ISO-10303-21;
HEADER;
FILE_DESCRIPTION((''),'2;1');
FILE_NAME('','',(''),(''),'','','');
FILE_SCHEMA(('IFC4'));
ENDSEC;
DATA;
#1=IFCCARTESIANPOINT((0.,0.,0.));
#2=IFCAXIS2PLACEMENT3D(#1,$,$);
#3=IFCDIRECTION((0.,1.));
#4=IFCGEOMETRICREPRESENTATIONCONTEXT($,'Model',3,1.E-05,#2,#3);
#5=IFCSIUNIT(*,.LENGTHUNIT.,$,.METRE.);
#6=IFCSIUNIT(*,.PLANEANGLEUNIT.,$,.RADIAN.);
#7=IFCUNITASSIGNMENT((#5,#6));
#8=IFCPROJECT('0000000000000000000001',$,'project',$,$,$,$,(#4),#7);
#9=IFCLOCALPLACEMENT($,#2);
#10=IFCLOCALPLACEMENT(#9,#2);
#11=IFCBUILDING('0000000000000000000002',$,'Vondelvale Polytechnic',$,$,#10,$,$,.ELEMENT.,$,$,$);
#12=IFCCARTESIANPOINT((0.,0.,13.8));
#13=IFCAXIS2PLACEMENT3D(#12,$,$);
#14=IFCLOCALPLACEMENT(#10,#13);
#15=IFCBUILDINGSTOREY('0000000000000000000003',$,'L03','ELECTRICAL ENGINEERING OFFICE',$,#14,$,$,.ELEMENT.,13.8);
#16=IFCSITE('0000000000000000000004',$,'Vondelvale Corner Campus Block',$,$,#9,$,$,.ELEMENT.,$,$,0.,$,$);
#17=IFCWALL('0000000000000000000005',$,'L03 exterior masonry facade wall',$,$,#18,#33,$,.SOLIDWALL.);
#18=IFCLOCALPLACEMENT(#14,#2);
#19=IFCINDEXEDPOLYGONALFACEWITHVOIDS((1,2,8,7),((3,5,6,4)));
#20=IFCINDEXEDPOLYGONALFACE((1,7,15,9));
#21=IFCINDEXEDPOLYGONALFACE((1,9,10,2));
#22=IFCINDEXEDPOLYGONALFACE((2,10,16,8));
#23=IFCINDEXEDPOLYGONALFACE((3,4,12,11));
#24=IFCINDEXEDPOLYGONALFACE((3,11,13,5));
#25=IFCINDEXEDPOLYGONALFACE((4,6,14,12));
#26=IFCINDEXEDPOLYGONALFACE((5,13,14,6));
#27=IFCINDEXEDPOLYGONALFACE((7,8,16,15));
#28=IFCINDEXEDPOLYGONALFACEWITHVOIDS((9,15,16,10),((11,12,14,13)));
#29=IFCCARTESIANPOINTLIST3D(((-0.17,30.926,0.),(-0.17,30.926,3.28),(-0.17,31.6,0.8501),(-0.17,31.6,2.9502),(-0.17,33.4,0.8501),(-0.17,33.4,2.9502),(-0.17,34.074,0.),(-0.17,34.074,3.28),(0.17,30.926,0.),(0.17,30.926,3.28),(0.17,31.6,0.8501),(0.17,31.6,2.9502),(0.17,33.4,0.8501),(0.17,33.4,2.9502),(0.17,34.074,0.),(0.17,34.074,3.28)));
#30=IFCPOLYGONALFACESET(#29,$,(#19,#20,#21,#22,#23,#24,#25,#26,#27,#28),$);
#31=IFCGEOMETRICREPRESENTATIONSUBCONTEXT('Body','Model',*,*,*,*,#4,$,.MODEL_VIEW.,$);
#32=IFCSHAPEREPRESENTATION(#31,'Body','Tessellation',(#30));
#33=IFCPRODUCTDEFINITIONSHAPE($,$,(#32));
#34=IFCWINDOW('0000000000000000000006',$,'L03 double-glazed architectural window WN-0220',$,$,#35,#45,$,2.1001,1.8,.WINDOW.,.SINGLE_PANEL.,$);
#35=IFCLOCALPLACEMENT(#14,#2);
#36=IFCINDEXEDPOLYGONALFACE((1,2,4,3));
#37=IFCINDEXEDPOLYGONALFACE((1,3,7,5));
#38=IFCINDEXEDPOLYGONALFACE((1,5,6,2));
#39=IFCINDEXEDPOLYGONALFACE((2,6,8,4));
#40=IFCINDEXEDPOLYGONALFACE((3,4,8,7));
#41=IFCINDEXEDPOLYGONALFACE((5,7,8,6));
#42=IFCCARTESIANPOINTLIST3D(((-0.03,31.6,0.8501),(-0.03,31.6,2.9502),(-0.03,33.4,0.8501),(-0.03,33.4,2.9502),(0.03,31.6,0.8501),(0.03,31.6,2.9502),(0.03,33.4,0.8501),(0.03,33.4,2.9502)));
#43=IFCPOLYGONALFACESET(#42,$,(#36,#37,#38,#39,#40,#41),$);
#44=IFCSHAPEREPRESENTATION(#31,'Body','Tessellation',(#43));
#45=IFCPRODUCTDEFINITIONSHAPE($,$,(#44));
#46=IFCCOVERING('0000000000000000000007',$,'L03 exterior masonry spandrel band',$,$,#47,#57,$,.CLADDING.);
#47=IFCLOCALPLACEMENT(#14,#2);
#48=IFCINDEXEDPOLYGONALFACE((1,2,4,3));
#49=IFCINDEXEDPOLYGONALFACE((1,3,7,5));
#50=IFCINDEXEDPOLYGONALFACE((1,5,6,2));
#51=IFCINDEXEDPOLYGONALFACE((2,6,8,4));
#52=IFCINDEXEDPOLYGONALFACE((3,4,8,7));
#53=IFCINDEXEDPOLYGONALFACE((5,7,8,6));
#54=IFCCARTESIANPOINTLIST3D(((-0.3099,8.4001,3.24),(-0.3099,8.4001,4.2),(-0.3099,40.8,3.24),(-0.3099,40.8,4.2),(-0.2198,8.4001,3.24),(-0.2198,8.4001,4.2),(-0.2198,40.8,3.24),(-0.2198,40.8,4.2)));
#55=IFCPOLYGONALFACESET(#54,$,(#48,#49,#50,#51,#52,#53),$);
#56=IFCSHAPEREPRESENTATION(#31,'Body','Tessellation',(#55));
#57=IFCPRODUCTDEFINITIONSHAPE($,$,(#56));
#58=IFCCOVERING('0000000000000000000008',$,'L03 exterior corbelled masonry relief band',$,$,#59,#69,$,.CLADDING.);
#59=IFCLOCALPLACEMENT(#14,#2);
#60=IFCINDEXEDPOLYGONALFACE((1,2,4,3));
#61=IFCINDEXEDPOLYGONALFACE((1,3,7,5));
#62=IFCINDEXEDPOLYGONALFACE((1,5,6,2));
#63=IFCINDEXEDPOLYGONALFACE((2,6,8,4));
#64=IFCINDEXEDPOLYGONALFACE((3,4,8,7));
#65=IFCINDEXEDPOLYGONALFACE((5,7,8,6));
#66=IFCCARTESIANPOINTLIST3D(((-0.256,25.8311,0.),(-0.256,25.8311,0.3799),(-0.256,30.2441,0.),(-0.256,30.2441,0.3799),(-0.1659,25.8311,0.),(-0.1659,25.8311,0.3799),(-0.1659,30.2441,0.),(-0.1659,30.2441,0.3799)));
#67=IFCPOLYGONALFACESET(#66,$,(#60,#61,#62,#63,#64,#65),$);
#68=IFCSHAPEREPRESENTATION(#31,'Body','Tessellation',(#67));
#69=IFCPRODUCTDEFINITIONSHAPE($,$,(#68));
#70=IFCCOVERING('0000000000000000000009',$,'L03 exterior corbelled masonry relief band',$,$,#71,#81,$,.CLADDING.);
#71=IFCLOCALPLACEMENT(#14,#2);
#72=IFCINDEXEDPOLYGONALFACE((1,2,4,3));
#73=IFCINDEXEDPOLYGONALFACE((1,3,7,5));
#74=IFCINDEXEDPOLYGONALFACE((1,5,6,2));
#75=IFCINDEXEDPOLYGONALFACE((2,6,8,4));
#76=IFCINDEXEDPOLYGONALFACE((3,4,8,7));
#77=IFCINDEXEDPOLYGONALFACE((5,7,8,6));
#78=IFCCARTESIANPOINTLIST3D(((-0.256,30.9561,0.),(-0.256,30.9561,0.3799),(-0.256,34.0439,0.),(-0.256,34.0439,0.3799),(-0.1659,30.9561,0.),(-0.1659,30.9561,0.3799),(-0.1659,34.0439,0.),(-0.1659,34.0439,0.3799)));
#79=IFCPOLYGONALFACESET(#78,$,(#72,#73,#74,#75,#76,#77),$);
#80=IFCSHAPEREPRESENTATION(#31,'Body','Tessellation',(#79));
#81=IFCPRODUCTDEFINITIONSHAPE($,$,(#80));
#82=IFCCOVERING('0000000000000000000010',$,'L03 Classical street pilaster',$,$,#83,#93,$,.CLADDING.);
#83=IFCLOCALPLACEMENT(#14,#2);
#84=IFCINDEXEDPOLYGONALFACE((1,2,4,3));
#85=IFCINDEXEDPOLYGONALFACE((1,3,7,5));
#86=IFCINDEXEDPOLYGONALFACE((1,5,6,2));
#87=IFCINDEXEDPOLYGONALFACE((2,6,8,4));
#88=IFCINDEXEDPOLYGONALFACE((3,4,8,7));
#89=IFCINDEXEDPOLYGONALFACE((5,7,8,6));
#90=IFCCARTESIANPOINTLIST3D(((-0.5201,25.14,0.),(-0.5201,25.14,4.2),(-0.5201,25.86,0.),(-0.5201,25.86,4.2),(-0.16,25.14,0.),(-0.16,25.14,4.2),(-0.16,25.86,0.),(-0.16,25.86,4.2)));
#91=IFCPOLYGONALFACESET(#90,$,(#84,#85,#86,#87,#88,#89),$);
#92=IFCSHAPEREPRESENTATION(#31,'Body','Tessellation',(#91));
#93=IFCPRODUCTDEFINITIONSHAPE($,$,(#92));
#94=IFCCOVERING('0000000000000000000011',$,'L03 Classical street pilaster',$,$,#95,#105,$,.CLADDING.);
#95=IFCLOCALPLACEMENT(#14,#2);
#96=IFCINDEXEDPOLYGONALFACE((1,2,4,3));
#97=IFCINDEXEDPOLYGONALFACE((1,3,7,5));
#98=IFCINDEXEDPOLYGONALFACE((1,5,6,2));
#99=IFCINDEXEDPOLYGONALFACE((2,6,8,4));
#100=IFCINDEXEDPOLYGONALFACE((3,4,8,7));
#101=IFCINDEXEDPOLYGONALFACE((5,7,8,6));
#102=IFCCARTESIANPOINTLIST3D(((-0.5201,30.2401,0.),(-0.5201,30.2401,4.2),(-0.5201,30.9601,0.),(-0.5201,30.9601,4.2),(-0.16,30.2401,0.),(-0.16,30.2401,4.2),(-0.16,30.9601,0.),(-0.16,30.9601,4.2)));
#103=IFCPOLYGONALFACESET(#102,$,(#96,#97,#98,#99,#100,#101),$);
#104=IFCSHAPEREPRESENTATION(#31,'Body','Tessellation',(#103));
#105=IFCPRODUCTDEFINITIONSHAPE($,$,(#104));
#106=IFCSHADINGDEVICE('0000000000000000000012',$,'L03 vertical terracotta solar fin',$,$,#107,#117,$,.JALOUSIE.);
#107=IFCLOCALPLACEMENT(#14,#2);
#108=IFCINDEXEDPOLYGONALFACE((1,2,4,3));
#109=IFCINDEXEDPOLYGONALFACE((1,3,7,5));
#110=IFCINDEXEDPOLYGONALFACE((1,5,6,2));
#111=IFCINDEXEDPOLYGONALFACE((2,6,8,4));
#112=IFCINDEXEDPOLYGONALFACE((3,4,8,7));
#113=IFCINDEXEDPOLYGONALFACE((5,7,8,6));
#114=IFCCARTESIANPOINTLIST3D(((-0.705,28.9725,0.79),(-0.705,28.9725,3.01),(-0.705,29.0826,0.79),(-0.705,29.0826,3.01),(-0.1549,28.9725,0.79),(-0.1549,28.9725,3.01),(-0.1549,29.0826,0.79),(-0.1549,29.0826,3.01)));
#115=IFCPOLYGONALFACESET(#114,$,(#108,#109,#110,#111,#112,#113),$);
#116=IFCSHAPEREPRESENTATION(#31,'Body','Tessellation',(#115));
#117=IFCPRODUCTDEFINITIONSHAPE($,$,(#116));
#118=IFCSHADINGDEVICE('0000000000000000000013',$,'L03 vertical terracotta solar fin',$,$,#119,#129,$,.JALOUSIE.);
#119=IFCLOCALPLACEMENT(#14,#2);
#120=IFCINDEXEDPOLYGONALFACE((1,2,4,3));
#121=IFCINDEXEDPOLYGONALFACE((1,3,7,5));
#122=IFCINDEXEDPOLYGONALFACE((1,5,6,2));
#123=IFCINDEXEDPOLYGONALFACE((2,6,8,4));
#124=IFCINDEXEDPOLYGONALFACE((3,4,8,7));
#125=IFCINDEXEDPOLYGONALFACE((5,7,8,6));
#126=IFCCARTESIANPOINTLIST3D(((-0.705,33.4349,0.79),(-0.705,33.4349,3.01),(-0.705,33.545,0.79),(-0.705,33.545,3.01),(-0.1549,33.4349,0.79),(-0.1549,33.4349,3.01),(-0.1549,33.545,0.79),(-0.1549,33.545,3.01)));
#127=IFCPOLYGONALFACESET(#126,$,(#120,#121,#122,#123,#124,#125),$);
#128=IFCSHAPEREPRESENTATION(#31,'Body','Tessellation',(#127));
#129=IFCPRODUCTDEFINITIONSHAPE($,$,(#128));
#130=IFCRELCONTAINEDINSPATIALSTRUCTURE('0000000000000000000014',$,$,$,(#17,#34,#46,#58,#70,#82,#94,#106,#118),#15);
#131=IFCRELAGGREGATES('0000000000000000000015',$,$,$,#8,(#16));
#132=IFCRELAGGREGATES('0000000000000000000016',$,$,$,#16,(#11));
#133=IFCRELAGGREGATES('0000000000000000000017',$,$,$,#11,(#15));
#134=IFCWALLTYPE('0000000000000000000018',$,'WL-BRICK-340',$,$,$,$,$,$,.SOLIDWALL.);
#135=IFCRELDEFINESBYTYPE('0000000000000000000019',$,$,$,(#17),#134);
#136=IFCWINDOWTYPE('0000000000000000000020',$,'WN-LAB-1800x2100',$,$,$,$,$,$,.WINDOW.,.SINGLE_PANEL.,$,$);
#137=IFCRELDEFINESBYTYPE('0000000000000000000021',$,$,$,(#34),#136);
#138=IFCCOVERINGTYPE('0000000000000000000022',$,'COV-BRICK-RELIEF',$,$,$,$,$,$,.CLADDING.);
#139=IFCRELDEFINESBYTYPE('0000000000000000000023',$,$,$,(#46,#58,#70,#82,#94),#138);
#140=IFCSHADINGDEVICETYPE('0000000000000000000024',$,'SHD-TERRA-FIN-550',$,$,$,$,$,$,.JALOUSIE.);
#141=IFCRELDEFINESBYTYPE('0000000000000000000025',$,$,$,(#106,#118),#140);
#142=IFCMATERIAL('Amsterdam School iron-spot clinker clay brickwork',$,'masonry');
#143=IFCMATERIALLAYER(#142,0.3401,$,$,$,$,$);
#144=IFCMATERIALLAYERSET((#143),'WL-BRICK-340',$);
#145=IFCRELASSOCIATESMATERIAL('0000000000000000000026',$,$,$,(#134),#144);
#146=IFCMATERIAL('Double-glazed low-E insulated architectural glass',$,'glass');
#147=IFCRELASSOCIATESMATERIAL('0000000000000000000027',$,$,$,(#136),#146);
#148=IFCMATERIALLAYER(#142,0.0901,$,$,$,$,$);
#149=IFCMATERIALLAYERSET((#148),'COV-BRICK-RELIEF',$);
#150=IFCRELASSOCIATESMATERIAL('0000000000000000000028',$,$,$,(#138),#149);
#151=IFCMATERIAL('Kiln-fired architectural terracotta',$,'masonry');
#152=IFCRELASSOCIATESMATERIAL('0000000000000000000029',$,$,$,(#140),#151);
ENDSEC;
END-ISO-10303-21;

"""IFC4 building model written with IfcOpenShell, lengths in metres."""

from ifc_helpers import new_model, si_unit, direction, frame, frame_2d, origin, origin_2d, place, context, subcontext, project, spatial, rectangle, extrude, material, layer, layer_set, type_object, element, fill, save


model = new_model("IFC4")

# Units and contexts
model_context = context("Model", 3, precision=1e-05, world=origin(), true_north=direction((0.0, 1.0)))
body_context = subcontext(model_context, "Body", "Model", "MODEL_VIEW")
ifc_project = project(units=[si_unit("LENGTHUNIT", "METRE"), si_unit("PLANEANGLEUNIT", "RADIAN")], contexts=[model_context])

# Site, building, storey
site_placement = place(None, origin())
site = spatial("IfcSite", under=ifc_project, at=site_placement, Name="Vondelvale Corner Campus Block", CompositionType="ELEMENT", RefElevation=0.0)
building_placement = place(site_placement, origin())
building = spatial("IfcBuilding", under=site, at=building_placement, Name="Vondelvale Polytechnic", CompositionType="ELEMENT")
storey_placement = place(building_placement, frame((0.0, 0.0, 13.8)))
storey = spatial("IfcBuildingStorey", under=building, at=storey_placement, Name="L03", Description="ELECTRICAL ENGINEERING OFFICE", CompositionType="ELEMENT", Elevation=13.8)

# Wall, opening, window
ifc_material_1 = material(Name="Amsterdam School iron-spot clinker clay brickwork", Category="masonry")
ifc_layer_1 = layer(ifc_material_1, 0.3401)
ifc_layer_set_1 = layer_set([ifc_layer_1], Name="WL-BRICK-340")
wall_type = type_object("IfcWallType", Name="WL-BRICK-340", PredefinedType="SOLIDWALL", material=ifc_layer_set_1)
ifc_material_2 = material(Name="Double-glazed low-E insulated architectural glass", Category="glass")
window_type = type_object("IfcWindowType", Name="WN-LAB-1800x2100", PartitioningType="SINGLE_PANEL", PredefinedType="WINDOW", material=ifc_material_2)
wall_1_placement = place(storey_placement, frame((0.0, 30.926, 0.0), z_axis=(0.0, 0.0, 1.0), x_axis=(0.0, 1.0, 0.0)))
wall_1 = element("IfcWall", 1, at=wall_1_placement, inside=storey, type_object=wall_type, Name="L03 exterior masonry facade wall", PredefinedType="SOLIDWALL", context=body_context, shape_type="SweptSolid", body=[
    extrude(rectangle(XDim=3.1479, YDim=0.3401, at=frame_2d((1.574, 0.0))), origin(), (0.0, 0.0, 1.0), 3.28),
])
opening_1_placement = place(wall_1_placement, frame((0.6741, 0.0, 0.8501)))
opening_1 = element("IfcOpeningElement", 2, at=opening_1_placement, cuts=wall_1, PredefinedType="OPENING", context=body_context, shape_type="SweptSolid", body=[
    extrude(rectangle(XDim=1.8, YDim=2.1001, at=frame_2d((0.8999, 1.05))), frame((0.0, 0.1799, 0.0), z_axis=(0.0, -1.0, 0.0), x_axis=(1.0, 0.0, 0.0)), (0.0, 0.0, 1.0), 0.3601),
])
window_1_placement = place(opening_1_placement, origin())
window_1 = element("IfcWindow", 3, at=window_1_placement, inside=storey, type_object=window_type, Name="L03 double-glazed architectural window WN-0220", OverallHeight=2.1001, OverallWidth=1.8, PartitioningType="SINGLE_PANEL", PredefinedType="WINDOW", context=body_context, shape_type="SweptSolid", body=[
    extrude(rectangle(XDim=1.8, YDim=2.1001, at=frame_2d((0.8999, 1.05))), frame((0.0, 0.03, 0.0), z_axis=(0.0, -1.0, 0.0), x_axis=(1.0, 0.0, 0.0)), (0.0, 0.0, 1.0), 0.0601),
])
fill(opening_1, window_1)

# Coverings
ifc_layer_2 = layer(ifc_material_1, 0.0901)
ifc_layer_set_2 = layer_set([ifc_layer_2], Name="COV-BRICK-RELIEF")
covering_type = type_object("IfcCoveringType", Name="COV-BRICK-RELIEF", PredefinedType="CLADDING", material=ifc_layer_set_2)
covering_1_placement = place(storey_placement, frame((-0.2649, 24.6001, 3.24), z_axis=(0.0, 0.0, 1.0), x_axis=(0.0, 1.0, 0.0)))
element("IfcCovering", 4, at=covering_1_placement, inside=storey, type_object=covering_type, Name="L03 exterior masonry spandrel band", PredefinedType="CLADDING", context=body_context, shape_type="SweptSolid", body=[
    extrude(rectangle(XDim=32.3999, YDim=0.0901, at=origin_2d()), origin(), (0.0, 0.0, 1.0), 0.96),
])
covering_2_placement = place(storey_placement, frame((-0.2109, 28.0376, 0.0), z_axis=(0.0, 0.0, 1.0), x_axis=(0.0, 1.0, 0.0)))
element("IfcCovering", 5, at=covering_2_placement, inside=storey, type_object=covering_type, Name="L03 exterior corbelled masonry relief band", PredefinedType="CLADDING", context=body_context, shape_type="SweptSolid", body=[
    extrude(rectangle(XDim=4.4131, YDim=0.0901, at=origin_2d()), origin(), (0.0, 0.0, 1.0), 0.3799),
])
covering_3_placement = place(storey_placement, frame((-0.2109, 32.5, 0.0), z_axis=(0.0, 0.0, 1.0), x_axis=(0.0, 1.0, 0.0)))
element("IfcCovering", 6, at=covering_3_placement, inside=storey, type_object=covering_type, Name="L03 exterior corbelled masonry relief band", PredefinedType="CLADDING", context=body_context, shape_type="SweptSolid", body=[
    extrude(rectangle(XDim=3.0879, YDim=0.0901, at=origin_2d()), origin(), (0.0, 0.0, 1.0), 0.3799),
])
for number, where, z_axis, x_axis, name in (
    (7, (-0.3401, 25.5, 0.0), (0.0, 0.0, 1.0), (1.0, 0.0, 0.0), "L03 Classical street pilaster"),
    (8, (-0.3401, 30.6001, 0.0), (0.0, 0.0, 1.0), (1.0, 0.0, 0.0), "L03 Classical street pilaster"),
):
    element("IfcCovering", number, at=place(storey_placement, frame(where, z_axis=z_axis, x_axis=x_axis)), inside=storey, type_object=covering_type, Name=name, PredefinedType="CLADDING", context=body_context, shape_type="SweptSolid", body=[
        extrude(rectangle(XDim=0.3601, YDim=0.72, at=origin_2d()), origin(), (0.0, 0.0, 1.0), 4.2),
    ])

# Shading devices
ifc_material_3 = material(Name="Kiln-fired architectural terracotta", Category="masonry")
shading_device_type = type_object("IfcShadingDeviceType", Name="SHD-TERRA-FIN-550", PredefinedType="JALOUSIE", material=ifc_material_3)
for number, where, z_axis, x_axis, name in (
    (9, (-0.4299, 29.0276, 0.79), (0.0, 0.0, 1.0), (0.0, 1.0, 0.0), "L03 vertical terracotta solar fin"),
    (10, (-0.4299, 33.49, 0.79), (0.0, 0.0, 1.0), (0.0, 1.0, 0.0), "L03 vertical terracotta solar fin"),
):
    element("IfcShadingDevice", number, at=place(storey_placement, frame(where, z_axis=z_axis, x_axis=x_axis)), inside=storey, type_object=shading_device_type, Name=name, PredefinedType="JALOUSIE", context=body_context, shape_type="SweptSolid", body=[
        extrude(rectangle(XDim=0.1101, YDim=0.55, at=origin_2d()), origin(), (0.0, 0.0, 1.0), 2.22),
    ])

save(model, "model.ifc")
